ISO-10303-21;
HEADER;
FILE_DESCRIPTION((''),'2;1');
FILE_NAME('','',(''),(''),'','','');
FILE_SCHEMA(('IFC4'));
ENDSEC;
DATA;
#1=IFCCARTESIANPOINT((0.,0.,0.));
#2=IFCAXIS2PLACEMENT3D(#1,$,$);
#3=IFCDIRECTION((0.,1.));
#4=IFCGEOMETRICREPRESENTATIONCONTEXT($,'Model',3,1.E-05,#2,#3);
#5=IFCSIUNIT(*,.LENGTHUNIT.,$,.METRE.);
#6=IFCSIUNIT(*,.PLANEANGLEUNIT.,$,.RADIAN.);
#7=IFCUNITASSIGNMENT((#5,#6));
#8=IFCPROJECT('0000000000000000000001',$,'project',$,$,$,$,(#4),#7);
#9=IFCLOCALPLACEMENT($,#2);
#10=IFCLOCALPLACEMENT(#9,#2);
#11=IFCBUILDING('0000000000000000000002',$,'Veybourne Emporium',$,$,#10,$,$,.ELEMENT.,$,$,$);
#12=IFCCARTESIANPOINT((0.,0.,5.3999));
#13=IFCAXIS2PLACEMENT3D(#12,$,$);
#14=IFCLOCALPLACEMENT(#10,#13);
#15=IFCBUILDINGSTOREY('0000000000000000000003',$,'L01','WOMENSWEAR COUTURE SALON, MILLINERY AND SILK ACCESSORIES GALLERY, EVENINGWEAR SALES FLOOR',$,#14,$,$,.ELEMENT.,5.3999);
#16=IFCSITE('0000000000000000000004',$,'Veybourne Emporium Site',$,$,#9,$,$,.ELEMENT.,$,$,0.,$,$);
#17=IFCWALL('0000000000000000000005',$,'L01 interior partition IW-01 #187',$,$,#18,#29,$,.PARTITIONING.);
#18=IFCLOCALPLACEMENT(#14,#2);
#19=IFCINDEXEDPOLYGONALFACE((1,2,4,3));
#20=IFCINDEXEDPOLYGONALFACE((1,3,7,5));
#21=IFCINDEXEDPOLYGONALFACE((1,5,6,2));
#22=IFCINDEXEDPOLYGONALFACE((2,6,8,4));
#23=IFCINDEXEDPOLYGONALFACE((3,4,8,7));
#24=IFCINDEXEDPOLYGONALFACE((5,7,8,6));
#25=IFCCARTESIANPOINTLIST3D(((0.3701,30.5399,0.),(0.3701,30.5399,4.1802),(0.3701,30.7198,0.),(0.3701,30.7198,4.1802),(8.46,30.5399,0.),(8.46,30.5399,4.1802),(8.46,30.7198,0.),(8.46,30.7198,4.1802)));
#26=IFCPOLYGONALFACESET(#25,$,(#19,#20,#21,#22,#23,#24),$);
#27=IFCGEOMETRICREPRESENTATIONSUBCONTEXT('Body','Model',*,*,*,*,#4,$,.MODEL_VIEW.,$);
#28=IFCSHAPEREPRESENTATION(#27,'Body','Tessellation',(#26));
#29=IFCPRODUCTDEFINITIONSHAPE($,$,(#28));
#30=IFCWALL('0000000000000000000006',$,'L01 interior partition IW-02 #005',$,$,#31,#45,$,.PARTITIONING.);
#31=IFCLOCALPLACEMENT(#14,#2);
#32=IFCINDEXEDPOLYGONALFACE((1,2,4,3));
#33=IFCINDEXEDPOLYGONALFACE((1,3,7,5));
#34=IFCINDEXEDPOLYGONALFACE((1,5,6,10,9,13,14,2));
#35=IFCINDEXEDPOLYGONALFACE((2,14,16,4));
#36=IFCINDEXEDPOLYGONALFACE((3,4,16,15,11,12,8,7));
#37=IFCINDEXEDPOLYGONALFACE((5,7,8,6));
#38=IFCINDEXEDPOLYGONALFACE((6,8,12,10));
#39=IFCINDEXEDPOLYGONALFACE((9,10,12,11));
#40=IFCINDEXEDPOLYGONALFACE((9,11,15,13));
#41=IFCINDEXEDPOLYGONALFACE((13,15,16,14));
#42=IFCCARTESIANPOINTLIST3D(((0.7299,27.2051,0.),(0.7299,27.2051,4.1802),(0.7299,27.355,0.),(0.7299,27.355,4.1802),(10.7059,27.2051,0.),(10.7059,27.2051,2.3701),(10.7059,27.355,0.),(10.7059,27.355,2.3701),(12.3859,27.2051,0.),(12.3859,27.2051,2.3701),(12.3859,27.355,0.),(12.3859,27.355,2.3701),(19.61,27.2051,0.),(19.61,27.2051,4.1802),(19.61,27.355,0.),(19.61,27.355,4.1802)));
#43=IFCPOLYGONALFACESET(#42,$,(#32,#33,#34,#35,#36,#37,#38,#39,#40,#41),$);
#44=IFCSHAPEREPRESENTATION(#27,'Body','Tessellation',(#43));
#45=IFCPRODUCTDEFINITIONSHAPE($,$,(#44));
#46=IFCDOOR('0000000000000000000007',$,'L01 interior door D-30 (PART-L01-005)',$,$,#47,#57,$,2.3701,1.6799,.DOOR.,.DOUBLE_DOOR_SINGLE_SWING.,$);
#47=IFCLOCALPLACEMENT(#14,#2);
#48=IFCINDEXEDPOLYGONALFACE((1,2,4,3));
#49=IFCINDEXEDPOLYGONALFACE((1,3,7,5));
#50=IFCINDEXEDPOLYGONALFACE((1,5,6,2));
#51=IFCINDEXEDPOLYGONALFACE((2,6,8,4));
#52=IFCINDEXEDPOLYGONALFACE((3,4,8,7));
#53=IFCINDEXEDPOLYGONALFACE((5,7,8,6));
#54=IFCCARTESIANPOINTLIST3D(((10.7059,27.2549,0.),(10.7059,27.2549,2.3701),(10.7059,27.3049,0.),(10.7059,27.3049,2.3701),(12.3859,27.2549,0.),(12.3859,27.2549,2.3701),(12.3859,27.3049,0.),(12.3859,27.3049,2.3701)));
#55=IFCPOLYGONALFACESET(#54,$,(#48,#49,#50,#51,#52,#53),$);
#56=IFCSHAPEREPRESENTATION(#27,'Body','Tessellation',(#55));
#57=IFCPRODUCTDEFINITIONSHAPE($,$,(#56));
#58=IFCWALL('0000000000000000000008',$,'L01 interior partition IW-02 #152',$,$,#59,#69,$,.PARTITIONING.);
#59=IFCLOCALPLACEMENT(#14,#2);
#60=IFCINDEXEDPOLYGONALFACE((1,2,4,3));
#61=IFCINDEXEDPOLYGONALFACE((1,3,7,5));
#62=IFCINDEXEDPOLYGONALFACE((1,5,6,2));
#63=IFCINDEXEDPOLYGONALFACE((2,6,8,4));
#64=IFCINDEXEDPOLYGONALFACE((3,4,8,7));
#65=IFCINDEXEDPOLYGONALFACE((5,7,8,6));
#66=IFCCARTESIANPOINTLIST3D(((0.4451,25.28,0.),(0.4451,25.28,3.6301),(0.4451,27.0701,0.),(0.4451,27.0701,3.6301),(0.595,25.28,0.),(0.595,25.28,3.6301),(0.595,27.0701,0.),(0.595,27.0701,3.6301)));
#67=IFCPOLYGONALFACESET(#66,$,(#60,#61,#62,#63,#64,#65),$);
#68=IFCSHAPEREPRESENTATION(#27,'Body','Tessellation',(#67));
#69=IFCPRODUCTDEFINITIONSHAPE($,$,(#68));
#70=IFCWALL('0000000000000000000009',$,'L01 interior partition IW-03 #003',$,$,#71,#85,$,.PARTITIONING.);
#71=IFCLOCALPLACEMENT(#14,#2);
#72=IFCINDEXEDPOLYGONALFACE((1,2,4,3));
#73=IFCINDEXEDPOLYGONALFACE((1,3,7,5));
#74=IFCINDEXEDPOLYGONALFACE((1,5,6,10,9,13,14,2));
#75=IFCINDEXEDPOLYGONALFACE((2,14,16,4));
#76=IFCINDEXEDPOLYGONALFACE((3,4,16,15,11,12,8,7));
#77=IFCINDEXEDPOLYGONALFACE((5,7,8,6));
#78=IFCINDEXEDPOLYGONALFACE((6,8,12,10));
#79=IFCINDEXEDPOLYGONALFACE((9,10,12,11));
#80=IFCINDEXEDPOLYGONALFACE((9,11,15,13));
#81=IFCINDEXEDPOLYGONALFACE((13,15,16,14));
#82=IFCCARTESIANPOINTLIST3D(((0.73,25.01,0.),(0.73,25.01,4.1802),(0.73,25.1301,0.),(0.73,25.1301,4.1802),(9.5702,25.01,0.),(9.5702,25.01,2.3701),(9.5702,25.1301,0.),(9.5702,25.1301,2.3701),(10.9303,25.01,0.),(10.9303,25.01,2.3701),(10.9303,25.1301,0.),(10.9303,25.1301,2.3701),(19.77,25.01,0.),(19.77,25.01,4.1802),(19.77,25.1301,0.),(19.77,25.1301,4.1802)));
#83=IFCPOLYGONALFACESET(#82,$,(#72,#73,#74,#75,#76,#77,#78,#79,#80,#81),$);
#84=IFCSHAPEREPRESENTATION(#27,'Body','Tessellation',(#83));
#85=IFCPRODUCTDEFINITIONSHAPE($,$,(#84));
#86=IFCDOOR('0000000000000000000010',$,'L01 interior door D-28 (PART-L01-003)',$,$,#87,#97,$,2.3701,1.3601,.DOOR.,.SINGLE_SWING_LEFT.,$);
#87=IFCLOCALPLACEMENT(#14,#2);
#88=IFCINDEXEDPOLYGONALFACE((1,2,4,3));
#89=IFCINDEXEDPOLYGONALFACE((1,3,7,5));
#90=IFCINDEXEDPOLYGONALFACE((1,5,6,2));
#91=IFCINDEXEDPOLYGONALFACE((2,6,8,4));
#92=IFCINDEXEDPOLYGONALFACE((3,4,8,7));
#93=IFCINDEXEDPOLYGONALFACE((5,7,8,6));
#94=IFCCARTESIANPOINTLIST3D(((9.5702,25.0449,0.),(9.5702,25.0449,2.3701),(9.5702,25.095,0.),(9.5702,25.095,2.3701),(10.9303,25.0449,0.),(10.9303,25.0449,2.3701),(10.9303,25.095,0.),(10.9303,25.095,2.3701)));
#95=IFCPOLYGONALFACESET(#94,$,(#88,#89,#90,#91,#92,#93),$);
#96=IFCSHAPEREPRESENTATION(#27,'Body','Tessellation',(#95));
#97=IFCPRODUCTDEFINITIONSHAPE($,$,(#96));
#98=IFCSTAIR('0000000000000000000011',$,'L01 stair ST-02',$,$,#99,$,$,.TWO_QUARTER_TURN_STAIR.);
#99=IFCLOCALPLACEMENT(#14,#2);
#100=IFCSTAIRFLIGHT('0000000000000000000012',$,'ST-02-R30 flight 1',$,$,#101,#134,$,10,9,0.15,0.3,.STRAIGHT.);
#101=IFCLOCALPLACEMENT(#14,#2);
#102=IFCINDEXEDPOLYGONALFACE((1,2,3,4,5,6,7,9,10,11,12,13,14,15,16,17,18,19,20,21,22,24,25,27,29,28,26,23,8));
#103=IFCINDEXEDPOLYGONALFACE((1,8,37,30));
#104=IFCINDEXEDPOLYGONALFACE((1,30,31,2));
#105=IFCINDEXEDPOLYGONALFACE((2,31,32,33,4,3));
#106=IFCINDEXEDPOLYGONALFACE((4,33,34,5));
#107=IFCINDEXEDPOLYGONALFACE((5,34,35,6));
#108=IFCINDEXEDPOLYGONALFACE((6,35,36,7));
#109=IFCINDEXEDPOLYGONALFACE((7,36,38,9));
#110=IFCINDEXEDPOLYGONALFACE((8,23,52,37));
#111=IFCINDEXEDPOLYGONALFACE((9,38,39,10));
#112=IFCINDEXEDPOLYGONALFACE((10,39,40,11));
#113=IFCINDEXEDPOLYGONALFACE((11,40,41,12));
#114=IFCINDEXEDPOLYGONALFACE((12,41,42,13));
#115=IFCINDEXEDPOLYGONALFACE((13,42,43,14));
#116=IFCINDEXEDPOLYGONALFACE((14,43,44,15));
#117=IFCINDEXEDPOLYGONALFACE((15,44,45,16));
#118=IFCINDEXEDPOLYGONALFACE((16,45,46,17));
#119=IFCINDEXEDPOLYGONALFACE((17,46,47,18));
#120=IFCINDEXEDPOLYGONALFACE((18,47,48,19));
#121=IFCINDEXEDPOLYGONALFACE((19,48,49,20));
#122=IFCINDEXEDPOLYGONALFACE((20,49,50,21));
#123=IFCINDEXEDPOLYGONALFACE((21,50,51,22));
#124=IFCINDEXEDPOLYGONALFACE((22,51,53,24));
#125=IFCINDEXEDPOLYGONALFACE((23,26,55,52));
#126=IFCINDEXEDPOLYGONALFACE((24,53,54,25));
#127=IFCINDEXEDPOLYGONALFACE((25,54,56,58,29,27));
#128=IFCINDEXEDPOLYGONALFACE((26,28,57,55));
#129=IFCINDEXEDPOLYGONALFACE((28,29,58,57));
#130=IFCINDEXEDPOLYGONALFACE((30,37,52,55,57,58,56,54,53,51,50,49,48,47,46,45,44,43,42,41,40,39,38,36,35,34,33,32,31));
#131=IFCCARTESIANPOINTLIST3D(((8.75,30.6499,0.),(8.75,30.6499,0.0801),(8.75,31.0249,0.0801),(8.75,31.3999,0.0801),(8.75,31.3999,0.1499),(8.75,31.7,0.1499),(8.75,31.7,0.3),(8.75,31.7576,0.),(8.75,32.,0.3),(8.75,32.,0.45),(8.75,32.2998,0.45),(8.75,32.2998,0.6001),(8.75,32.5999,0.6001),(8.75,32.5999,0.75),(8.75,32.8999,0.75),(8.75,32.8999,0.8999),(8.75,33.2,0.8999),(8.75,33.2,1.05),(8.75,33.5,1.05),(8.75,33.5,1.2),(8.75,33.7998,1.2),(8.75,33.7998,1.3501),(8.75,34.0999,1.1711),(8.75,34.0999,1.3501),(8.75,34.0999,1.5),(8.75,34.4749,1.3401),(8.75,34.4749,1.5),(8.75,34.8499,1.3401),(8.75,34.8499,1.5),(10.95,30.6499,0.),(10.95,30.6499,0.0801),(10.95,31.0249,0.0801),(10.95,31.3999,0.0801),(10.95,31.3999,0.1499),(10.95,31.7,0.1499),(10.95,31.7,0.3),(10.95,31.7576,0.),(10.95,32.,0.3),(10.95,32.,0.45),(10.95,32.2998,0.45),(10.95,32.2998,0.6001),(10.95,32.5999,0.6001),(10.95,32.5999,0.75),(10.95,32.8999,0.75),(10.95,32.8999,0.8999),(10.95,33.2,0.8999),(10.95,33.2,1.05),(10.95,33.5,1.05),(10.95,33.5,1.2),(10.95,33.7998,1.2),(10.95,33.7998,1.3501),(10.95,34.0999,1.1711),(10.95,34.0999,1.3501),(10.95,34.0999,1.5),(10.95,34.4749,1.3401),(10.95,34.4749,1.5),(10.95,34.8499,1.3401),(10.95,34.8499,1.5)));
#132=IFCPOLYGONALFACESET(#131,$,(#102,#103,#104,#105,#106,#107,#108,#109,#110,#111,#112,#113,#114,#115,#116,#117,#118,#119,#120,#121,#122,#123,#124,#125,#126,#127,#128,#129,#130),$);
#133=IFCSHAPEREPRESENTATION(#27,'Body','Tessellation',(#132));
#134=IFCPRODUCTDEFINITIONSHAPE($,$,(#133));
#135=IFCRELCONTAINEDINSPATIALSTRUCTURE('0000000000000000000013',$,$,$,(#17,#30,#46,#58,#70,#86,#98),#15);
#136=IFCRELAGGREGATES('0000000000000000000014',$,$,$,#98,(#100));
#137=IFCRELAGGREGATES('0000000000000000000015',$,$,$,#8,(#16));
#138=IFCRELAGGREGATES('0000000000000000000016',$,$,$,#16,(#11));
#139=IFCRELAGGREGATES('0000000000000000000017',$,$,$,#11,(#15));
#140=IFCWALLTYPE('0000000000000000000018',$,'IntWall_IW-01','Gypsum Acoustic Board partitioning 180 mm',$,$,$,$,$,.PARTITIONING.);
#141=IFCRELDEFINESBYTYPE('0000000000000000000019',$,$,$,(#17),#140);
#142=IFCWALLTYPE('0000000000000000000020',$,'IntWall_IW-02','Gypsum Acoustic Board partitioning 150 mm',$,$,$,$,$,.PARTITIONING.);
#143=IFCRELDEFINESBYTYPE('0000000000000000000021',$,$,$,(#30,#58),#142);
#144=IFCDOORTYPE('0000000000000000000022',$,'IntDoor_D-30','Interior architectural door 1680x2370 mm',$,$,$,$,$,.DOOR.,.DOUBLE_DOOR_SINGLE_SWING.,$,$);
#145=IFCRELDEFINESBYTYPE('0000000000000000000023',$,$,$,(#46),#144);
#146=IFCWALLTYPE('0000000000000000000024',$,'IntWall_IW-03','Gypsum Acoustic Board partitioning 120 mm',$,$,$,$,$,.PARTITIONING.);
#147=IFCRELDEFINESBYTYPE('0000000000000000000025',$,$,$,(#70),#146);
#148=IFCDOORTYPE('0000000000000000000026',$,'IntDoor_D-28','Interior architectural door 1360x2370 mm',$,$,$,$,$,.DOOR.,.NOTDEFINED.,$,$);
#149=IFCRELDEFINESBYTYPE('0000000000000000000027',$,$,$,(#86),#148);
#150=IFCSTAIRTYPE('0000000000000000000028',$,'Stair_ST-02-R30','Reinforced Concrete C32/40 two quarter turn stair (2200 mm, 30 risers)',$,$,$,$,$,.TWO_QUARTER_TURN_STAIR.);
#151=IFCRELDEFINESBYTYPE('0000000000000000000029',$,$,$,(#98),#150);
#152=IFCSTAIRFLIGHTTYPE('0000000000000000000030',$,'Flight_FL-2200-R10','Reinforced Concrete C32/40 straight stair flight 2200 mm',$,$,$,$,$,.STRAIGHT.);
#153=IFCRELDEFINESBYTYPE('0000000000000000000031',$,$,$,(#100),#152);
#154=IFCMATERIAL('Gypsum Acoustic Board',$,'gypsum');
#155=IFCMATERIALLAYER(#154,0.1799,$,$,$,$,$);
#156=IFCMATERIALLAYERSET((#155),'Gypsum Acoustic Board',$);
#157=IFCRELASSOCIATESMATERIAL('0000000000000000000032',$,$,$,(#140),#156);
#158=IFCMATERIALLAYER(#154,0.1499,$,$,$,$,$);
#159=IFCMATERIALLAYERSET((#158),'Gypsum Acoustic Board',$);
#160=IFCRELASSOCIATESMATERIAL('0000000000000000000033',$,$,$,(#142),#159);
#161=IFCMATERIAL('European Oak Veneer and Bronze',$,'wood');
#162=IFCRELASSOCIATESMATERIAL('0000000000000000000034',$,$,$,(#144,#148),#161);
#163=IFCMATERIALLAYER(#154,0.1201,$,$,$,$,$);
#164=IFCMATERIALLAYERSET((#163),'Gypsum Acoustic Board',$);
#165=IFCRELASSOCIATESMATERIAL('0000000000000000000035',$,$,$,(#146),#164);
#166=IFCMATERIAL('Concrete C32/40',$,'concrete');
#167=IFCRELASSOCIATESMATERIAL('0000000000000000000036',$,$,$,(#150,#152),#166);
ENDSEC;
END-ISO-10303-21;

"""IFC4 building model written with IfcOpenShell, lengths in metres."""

from ifc_helpers import new_model, si_unit, direction, frame, frame_2d, origin, place, context, subcontext, project, spatial, polyline, rectangle, outline, extrude, material, layer, layer_set, type_object, element, fill, aggregate, save


model = new_model("IFC4")

# Units and contexts
model_context = context("Model", 3, precision=1e-05, world=origin(), true_north=direction((0.0, 1.0)))
body_context = subcontext(model_context, "Body", "Model", "MODEL_VIEW")
ifc_project = project(units=[si_unit("LENGTHUNIT", "METRE"), si_unit("PLANEANGLEUNIT", "RADIAN")], contexts=[model_context])

# Site, building, storey
site_placement = place(None, origin())
site = spatial("IfcSite", under=ifc_project, at=site_placement, Name="Veybourne Emporium Site", CompositionType="ELEMENT", RefElevation=0.0)
building_placement = place(site_placement, origin())
building = spatial("IfcBuilding", under=site, at=building_placement, Name="Veybourne Emporium", CompositionType="ELEMENT")
storey_placement = place(building_placement, frame((0.0, 0.0, 5.3999)))
storey = spatial("IfcBuildingStorey", under=building, at=storey_placement, Name="L01", Description="WOMENSWEAR COUTURE SALON, MILLINERY AND SILK ACCESSORIES GALLERY, EVENINGWEAR SALES FLOOR", CompositionType="ELEMENT", Elevation=5.3999)

# Shared definitions
ifc_material_1 = material(Name="Concrete C32/40", Category="concrete")

# Wall
ifc_material_2 = material(Name="Gypsum Acoustic Board", Category="gypsum")
ifc_layer_1 = layer(ifc_material_2, 0.1799)
ifc_layer_set_1 = layer_set([ifc_layer_1], Name="Gypsum Acoustic Board")
wall_type_1 = type_object("IfcWallType", Name="IntWall_IW-01", Description="Gypsum Acoustic Board partitioning 180 mm", PredefinedType="PARTITIONING", material=ifc_layer_set_1)
wall_1_placement = place(storey_placement, frame((0.3701, 30.6299, 0.0), z_axis=(0.0, 0.0, 1.0), x_axis=(1.0, 0.0, 0.0)))
element("IfcWall", 1, at=wall_1_placement, inside=storey, type_object=wall_type_1, Name="L01 interior partition IW-01 #187", PredefinedType="PARTITIONING", context=body_context, shape_type="SweptSolid", body=[
    extrude(rectangle(XDim=8.0898, YDim=0.1799, at=frame_2d((4.0449, 0.0))), origin(), (0.0, 0.0, 1.0), 4.1802),
])

# Wall, opening, door
ifc_layer_2 = layer(ifc_material_2, 0.1499)
ifc_layer_set_2 = layer_set([ifc_layer_2], Name="Gypsum Acoustic Board")
wall_type_2 = type_object("IfcWallType", Name="IntWall_IW-02", Description="Gypsum Acoustic Board partitioning 150 mm", PredefinedType="PARTITIONING", material=ifc_layer_set_2)
wall_2_placement = place(storey_placement, frame((0.73, 27.28, 0.0), z_axis=(0.0, 0.0, 1.0), x_axis=(1.0, 0.0, 0.0)))
wall_2 = element("IfcWall", 2, at=wall_2_placement, inside=storey, type_object=wall_type_2, Name="L01 interior partition IW-02 #005", PredefinedType="PARTITIONING", context=body_context, shape_type="SweptSolid", body=[
    extrude(rectangle(XDim=18.8801, YDim=0.1499, at=frame_2d((9.4399, 0.0))), origin(), (0.0, 0.0, 1.0), 4.1802),
])
opening_1_placement = place(wall_2_placement, frame((9.9761, 0.0, 0.0)))
opening_1 = element("IfcOpeningElement", 3, at=opening_1_placement, cuts=wall_2, PredefinedType="OPENING", context=body_context, shape_type="SweptSolid", body=[
    extrude(rectangle(XDim=1.6799, YDim=2.3701, at=frame_2d((0.8398, 1.1851))), frame((0.0, 0.095, 0.0), z_axis=(0.0, -1.0, 0.0), x_axis=(1.0, 0.0, 0.0)), (0.0, 0.0, 1.0), 0.1899),
])
ifc_material_3 = material(Name="European Oak Veneer and Bronze", Category="wood")
door_type_1 = type_object("IfcDoorType", Name="IntDoor_D-30", Description="Interior architectural door 1680x2370 mm", OperationType="DOUBLE_DOOR_SINGLE_SWING", PredefinedType="DOOR", material=ifc_material_3)
door_1_placement = place(opening_1_placement, origin())
door_1 = element("IfcDoor", 4, at=door_1_placement, inside=storey, type_object=door_type_1, Name="L01 interior door D-30 (PART-L01-005)", OperationType="DOUBLE_DOOR_SINGLE_SWING", OverallHeight=2.3701, OverallWidth=1.6799, PredefinedType="DOOR", context=body_context, shape_type="SweptSolid", body=[
    extrude(rectangle(XDim=1.6799, YDim=2.3701, at=frame_2d((0.8398, 1.1851))), frame((0.0, 0.0249, 0.0), z_axis=(0.0, -1.0, 0.0), x_axis=(1.0, 0.0, 0.0)), (0.0, 0.0, 1.0), 0.05),
])
fill(opening_1, door_1)

# Wall
wall_3_placement = place(storey_placement, frame((0.52, 25.28, 0.0), z_axis=(0.0, 0.0, 1.0), x_axis=(0.0, 1.0, 0.0)))
element("IfcWall", 5, at=wall_3_placement, inside=storey, type_object=wall_type_2, Name="L01 interior partition IW-02 #152", PredefinedType="PARTITIONING", context=body_context, shape_type="SweptSolid", body=[
    extrude(rectangle(XDim=1.79, YDim=0.1499, at=frame_2d((0.895, 0.0))), origin(), (0.0, 0.0, 1.0), 3.6301),
])

# Wall, opening, door
ifc_layer_3 = layer(ifc_material_2, 0.1201)
ifc_layer_set_3 = layer_set([ifc_layer_3], Name="Gypsum Acoustic Board")
wall_type_3 = type_object("IfcWallType", Name="IntWall_IW-03", Description="Gypsum Acoustic Board partitioning 120 mm", PredefinedType="PARTITIONING", material=ifc_layer_set_3)
wall_4_placement = place(storey_placement, frame((0.73, 25.0701, 0.0), z_axis=(0.0, 0.0, 1.0), x_axis=(1.0, 0.0, 0.0)))
wall_4 = element("IfcWall", 6, at=wall_4_placement, inside=storey, type_object=wall_type_3, Name="L01 interior partition IW-03 #003", PredefinedType="PARTITIONING", context=body_context, shape_type="SweptSolid", body=[
    extrude(rectangle(XDim=19.04, YDim=0.1201, at=frame_2d((9.52, 0.0))), origin(), (0.0, 0.0, 1.0), 4.1802),
])
opening_2_placement = place(wall_4_placement, frame((8.8401, 0.0, 0.0)))
opening_2 = element("IfcOpeningElement", 7, at=opening_2_placement, cuts=wall_4, PredefinedType="OPENING", context=body_context, shape_type="SweptSolid", body=[
    extrude(rectangle(XDim=1.3601, YDim=2.3701, at=frame_2d((0.6802, 1.1851))), frame((0.0, 0.0801, 0.0), z_axis=(0.0, -1.0, 0.0), x_axis=(1.0, 0.0, 0.0)), (0.0, 0.0, 1.0), 0.1602),
])
door_type_2 = type_object("IfcDoorType", Name="IntDoor_D-28", Description="Interior architectural door 1360x2370 mm", OperationType="NOTDEFINED", PredefinedType="DOOR", material=ifc_material_3)
door_2_placement = place(opening_2_placement, origin())
door_2 = element("IfcDoor", 8, at=door_2_placement, inside=storey, type_object=door_type_2, Name="L01 interior door D-28 (PART-L01-003)", OperationType="SINGLE_SWING_LEFT", OverallHeight=2.3701, OverallWidth=1.3601, PredefinedType="DOOR", context=body_context, shape_type="SweptSolid", body=[
    extrude(rectangle(XDim=1.3601, YDim=2.3701, at=frame_2d((0.6802, 1.1851))), frame((0.0, 0.0249, 0.0), z_axis=(0.0, -1.0, 0.0), x_axis=(1.0, 0.0, 0.0)), (0.0, 0.0, 1.0), 0.05),
])
fill(opening_2, door_2)

# Stair, stair flight
stair_type = type_object("IfcStairType", Name="Stair_ST-02-R30", Description="Reinforced Concrete C32/40 two quarter turn stair (2200 mm, 30 risers)", PredefinedType="TWO_QUARTER_TURN_STAIR", material=ifc_material_1)
stair_placement = place(storey_placement, origin())
stair = element("IfcStair", 9, at=stair_placement, inside=storey, type_object=stair_type, Name="L01 stair ST-02", PredefinedType="TWO_QUARTER_TURN_STAIR")
stair_flight_type = type_object("IfcStairFlightType", Name="Flight_FL-2200-R10", Description="Reinforced Concrete C32/40 straight stair flight 2200 mm", PredefinedType="STRAIGHT", material=ifc_material_1)
stair_flight_placement = place(storey_placement, frame((9.8501, 31.3999, 0.0), z_axis=(0.0, 0.0, 1.0), x_axis=(0.0, 1.0, 0.0)))
stair_flight = element("IfcStairFlight", 10, at=stair_flight_placement, type_object=stair_flight_type, Name="ST-02-R30 flight 1", NumberOfRisers=10, NumberOfTreads=9, PredefinedType="STRAIGHT", RiserHeight=0.15, TreadLength=0.3, context=body_context, shape_type="SweptSolid", body=[
    extrude(outline(polyline([(-0.75, 0.0), (-0.75, 0.0801), (-0.375, 0.0801), (0.0, 0.0801), (0.0, 0.1499), (0.3, 0.1499), (0.3, 0.3), (0.6001, 0.3), (0.6001, 0.45), (0.8999, 0.45), (0.8999, 0.6001), (1.2, 0.6001), (1.2, 0.75), (1.5, 0.75), (1.5, 0.8999), (1.8, 0.8999), (1.8, 1.05), (2.1001, 1.05), (2.1001, 1.2), (2.3999, 1.2), (2.3999, 1.3501), (2.7, 1.3501), (2.7, 1.5), (3.075, 1.5), (3.45, 1.5), (3.45, 1.3401), (3.075, 1.3401), (2.7, 1.1711), (0.3577, 0.0), (-0.75, 0.0)])), frame((0.0, 1.1001, 0.0), z_axis=(0.0, -1.0, 0.0), x_axis=(1.0, 0.0, 0.0)), (0.0, 0.0, 1.0), 2.2),
])
aggregate(stair, [stair_flight])

save(model, "model.ifc")
